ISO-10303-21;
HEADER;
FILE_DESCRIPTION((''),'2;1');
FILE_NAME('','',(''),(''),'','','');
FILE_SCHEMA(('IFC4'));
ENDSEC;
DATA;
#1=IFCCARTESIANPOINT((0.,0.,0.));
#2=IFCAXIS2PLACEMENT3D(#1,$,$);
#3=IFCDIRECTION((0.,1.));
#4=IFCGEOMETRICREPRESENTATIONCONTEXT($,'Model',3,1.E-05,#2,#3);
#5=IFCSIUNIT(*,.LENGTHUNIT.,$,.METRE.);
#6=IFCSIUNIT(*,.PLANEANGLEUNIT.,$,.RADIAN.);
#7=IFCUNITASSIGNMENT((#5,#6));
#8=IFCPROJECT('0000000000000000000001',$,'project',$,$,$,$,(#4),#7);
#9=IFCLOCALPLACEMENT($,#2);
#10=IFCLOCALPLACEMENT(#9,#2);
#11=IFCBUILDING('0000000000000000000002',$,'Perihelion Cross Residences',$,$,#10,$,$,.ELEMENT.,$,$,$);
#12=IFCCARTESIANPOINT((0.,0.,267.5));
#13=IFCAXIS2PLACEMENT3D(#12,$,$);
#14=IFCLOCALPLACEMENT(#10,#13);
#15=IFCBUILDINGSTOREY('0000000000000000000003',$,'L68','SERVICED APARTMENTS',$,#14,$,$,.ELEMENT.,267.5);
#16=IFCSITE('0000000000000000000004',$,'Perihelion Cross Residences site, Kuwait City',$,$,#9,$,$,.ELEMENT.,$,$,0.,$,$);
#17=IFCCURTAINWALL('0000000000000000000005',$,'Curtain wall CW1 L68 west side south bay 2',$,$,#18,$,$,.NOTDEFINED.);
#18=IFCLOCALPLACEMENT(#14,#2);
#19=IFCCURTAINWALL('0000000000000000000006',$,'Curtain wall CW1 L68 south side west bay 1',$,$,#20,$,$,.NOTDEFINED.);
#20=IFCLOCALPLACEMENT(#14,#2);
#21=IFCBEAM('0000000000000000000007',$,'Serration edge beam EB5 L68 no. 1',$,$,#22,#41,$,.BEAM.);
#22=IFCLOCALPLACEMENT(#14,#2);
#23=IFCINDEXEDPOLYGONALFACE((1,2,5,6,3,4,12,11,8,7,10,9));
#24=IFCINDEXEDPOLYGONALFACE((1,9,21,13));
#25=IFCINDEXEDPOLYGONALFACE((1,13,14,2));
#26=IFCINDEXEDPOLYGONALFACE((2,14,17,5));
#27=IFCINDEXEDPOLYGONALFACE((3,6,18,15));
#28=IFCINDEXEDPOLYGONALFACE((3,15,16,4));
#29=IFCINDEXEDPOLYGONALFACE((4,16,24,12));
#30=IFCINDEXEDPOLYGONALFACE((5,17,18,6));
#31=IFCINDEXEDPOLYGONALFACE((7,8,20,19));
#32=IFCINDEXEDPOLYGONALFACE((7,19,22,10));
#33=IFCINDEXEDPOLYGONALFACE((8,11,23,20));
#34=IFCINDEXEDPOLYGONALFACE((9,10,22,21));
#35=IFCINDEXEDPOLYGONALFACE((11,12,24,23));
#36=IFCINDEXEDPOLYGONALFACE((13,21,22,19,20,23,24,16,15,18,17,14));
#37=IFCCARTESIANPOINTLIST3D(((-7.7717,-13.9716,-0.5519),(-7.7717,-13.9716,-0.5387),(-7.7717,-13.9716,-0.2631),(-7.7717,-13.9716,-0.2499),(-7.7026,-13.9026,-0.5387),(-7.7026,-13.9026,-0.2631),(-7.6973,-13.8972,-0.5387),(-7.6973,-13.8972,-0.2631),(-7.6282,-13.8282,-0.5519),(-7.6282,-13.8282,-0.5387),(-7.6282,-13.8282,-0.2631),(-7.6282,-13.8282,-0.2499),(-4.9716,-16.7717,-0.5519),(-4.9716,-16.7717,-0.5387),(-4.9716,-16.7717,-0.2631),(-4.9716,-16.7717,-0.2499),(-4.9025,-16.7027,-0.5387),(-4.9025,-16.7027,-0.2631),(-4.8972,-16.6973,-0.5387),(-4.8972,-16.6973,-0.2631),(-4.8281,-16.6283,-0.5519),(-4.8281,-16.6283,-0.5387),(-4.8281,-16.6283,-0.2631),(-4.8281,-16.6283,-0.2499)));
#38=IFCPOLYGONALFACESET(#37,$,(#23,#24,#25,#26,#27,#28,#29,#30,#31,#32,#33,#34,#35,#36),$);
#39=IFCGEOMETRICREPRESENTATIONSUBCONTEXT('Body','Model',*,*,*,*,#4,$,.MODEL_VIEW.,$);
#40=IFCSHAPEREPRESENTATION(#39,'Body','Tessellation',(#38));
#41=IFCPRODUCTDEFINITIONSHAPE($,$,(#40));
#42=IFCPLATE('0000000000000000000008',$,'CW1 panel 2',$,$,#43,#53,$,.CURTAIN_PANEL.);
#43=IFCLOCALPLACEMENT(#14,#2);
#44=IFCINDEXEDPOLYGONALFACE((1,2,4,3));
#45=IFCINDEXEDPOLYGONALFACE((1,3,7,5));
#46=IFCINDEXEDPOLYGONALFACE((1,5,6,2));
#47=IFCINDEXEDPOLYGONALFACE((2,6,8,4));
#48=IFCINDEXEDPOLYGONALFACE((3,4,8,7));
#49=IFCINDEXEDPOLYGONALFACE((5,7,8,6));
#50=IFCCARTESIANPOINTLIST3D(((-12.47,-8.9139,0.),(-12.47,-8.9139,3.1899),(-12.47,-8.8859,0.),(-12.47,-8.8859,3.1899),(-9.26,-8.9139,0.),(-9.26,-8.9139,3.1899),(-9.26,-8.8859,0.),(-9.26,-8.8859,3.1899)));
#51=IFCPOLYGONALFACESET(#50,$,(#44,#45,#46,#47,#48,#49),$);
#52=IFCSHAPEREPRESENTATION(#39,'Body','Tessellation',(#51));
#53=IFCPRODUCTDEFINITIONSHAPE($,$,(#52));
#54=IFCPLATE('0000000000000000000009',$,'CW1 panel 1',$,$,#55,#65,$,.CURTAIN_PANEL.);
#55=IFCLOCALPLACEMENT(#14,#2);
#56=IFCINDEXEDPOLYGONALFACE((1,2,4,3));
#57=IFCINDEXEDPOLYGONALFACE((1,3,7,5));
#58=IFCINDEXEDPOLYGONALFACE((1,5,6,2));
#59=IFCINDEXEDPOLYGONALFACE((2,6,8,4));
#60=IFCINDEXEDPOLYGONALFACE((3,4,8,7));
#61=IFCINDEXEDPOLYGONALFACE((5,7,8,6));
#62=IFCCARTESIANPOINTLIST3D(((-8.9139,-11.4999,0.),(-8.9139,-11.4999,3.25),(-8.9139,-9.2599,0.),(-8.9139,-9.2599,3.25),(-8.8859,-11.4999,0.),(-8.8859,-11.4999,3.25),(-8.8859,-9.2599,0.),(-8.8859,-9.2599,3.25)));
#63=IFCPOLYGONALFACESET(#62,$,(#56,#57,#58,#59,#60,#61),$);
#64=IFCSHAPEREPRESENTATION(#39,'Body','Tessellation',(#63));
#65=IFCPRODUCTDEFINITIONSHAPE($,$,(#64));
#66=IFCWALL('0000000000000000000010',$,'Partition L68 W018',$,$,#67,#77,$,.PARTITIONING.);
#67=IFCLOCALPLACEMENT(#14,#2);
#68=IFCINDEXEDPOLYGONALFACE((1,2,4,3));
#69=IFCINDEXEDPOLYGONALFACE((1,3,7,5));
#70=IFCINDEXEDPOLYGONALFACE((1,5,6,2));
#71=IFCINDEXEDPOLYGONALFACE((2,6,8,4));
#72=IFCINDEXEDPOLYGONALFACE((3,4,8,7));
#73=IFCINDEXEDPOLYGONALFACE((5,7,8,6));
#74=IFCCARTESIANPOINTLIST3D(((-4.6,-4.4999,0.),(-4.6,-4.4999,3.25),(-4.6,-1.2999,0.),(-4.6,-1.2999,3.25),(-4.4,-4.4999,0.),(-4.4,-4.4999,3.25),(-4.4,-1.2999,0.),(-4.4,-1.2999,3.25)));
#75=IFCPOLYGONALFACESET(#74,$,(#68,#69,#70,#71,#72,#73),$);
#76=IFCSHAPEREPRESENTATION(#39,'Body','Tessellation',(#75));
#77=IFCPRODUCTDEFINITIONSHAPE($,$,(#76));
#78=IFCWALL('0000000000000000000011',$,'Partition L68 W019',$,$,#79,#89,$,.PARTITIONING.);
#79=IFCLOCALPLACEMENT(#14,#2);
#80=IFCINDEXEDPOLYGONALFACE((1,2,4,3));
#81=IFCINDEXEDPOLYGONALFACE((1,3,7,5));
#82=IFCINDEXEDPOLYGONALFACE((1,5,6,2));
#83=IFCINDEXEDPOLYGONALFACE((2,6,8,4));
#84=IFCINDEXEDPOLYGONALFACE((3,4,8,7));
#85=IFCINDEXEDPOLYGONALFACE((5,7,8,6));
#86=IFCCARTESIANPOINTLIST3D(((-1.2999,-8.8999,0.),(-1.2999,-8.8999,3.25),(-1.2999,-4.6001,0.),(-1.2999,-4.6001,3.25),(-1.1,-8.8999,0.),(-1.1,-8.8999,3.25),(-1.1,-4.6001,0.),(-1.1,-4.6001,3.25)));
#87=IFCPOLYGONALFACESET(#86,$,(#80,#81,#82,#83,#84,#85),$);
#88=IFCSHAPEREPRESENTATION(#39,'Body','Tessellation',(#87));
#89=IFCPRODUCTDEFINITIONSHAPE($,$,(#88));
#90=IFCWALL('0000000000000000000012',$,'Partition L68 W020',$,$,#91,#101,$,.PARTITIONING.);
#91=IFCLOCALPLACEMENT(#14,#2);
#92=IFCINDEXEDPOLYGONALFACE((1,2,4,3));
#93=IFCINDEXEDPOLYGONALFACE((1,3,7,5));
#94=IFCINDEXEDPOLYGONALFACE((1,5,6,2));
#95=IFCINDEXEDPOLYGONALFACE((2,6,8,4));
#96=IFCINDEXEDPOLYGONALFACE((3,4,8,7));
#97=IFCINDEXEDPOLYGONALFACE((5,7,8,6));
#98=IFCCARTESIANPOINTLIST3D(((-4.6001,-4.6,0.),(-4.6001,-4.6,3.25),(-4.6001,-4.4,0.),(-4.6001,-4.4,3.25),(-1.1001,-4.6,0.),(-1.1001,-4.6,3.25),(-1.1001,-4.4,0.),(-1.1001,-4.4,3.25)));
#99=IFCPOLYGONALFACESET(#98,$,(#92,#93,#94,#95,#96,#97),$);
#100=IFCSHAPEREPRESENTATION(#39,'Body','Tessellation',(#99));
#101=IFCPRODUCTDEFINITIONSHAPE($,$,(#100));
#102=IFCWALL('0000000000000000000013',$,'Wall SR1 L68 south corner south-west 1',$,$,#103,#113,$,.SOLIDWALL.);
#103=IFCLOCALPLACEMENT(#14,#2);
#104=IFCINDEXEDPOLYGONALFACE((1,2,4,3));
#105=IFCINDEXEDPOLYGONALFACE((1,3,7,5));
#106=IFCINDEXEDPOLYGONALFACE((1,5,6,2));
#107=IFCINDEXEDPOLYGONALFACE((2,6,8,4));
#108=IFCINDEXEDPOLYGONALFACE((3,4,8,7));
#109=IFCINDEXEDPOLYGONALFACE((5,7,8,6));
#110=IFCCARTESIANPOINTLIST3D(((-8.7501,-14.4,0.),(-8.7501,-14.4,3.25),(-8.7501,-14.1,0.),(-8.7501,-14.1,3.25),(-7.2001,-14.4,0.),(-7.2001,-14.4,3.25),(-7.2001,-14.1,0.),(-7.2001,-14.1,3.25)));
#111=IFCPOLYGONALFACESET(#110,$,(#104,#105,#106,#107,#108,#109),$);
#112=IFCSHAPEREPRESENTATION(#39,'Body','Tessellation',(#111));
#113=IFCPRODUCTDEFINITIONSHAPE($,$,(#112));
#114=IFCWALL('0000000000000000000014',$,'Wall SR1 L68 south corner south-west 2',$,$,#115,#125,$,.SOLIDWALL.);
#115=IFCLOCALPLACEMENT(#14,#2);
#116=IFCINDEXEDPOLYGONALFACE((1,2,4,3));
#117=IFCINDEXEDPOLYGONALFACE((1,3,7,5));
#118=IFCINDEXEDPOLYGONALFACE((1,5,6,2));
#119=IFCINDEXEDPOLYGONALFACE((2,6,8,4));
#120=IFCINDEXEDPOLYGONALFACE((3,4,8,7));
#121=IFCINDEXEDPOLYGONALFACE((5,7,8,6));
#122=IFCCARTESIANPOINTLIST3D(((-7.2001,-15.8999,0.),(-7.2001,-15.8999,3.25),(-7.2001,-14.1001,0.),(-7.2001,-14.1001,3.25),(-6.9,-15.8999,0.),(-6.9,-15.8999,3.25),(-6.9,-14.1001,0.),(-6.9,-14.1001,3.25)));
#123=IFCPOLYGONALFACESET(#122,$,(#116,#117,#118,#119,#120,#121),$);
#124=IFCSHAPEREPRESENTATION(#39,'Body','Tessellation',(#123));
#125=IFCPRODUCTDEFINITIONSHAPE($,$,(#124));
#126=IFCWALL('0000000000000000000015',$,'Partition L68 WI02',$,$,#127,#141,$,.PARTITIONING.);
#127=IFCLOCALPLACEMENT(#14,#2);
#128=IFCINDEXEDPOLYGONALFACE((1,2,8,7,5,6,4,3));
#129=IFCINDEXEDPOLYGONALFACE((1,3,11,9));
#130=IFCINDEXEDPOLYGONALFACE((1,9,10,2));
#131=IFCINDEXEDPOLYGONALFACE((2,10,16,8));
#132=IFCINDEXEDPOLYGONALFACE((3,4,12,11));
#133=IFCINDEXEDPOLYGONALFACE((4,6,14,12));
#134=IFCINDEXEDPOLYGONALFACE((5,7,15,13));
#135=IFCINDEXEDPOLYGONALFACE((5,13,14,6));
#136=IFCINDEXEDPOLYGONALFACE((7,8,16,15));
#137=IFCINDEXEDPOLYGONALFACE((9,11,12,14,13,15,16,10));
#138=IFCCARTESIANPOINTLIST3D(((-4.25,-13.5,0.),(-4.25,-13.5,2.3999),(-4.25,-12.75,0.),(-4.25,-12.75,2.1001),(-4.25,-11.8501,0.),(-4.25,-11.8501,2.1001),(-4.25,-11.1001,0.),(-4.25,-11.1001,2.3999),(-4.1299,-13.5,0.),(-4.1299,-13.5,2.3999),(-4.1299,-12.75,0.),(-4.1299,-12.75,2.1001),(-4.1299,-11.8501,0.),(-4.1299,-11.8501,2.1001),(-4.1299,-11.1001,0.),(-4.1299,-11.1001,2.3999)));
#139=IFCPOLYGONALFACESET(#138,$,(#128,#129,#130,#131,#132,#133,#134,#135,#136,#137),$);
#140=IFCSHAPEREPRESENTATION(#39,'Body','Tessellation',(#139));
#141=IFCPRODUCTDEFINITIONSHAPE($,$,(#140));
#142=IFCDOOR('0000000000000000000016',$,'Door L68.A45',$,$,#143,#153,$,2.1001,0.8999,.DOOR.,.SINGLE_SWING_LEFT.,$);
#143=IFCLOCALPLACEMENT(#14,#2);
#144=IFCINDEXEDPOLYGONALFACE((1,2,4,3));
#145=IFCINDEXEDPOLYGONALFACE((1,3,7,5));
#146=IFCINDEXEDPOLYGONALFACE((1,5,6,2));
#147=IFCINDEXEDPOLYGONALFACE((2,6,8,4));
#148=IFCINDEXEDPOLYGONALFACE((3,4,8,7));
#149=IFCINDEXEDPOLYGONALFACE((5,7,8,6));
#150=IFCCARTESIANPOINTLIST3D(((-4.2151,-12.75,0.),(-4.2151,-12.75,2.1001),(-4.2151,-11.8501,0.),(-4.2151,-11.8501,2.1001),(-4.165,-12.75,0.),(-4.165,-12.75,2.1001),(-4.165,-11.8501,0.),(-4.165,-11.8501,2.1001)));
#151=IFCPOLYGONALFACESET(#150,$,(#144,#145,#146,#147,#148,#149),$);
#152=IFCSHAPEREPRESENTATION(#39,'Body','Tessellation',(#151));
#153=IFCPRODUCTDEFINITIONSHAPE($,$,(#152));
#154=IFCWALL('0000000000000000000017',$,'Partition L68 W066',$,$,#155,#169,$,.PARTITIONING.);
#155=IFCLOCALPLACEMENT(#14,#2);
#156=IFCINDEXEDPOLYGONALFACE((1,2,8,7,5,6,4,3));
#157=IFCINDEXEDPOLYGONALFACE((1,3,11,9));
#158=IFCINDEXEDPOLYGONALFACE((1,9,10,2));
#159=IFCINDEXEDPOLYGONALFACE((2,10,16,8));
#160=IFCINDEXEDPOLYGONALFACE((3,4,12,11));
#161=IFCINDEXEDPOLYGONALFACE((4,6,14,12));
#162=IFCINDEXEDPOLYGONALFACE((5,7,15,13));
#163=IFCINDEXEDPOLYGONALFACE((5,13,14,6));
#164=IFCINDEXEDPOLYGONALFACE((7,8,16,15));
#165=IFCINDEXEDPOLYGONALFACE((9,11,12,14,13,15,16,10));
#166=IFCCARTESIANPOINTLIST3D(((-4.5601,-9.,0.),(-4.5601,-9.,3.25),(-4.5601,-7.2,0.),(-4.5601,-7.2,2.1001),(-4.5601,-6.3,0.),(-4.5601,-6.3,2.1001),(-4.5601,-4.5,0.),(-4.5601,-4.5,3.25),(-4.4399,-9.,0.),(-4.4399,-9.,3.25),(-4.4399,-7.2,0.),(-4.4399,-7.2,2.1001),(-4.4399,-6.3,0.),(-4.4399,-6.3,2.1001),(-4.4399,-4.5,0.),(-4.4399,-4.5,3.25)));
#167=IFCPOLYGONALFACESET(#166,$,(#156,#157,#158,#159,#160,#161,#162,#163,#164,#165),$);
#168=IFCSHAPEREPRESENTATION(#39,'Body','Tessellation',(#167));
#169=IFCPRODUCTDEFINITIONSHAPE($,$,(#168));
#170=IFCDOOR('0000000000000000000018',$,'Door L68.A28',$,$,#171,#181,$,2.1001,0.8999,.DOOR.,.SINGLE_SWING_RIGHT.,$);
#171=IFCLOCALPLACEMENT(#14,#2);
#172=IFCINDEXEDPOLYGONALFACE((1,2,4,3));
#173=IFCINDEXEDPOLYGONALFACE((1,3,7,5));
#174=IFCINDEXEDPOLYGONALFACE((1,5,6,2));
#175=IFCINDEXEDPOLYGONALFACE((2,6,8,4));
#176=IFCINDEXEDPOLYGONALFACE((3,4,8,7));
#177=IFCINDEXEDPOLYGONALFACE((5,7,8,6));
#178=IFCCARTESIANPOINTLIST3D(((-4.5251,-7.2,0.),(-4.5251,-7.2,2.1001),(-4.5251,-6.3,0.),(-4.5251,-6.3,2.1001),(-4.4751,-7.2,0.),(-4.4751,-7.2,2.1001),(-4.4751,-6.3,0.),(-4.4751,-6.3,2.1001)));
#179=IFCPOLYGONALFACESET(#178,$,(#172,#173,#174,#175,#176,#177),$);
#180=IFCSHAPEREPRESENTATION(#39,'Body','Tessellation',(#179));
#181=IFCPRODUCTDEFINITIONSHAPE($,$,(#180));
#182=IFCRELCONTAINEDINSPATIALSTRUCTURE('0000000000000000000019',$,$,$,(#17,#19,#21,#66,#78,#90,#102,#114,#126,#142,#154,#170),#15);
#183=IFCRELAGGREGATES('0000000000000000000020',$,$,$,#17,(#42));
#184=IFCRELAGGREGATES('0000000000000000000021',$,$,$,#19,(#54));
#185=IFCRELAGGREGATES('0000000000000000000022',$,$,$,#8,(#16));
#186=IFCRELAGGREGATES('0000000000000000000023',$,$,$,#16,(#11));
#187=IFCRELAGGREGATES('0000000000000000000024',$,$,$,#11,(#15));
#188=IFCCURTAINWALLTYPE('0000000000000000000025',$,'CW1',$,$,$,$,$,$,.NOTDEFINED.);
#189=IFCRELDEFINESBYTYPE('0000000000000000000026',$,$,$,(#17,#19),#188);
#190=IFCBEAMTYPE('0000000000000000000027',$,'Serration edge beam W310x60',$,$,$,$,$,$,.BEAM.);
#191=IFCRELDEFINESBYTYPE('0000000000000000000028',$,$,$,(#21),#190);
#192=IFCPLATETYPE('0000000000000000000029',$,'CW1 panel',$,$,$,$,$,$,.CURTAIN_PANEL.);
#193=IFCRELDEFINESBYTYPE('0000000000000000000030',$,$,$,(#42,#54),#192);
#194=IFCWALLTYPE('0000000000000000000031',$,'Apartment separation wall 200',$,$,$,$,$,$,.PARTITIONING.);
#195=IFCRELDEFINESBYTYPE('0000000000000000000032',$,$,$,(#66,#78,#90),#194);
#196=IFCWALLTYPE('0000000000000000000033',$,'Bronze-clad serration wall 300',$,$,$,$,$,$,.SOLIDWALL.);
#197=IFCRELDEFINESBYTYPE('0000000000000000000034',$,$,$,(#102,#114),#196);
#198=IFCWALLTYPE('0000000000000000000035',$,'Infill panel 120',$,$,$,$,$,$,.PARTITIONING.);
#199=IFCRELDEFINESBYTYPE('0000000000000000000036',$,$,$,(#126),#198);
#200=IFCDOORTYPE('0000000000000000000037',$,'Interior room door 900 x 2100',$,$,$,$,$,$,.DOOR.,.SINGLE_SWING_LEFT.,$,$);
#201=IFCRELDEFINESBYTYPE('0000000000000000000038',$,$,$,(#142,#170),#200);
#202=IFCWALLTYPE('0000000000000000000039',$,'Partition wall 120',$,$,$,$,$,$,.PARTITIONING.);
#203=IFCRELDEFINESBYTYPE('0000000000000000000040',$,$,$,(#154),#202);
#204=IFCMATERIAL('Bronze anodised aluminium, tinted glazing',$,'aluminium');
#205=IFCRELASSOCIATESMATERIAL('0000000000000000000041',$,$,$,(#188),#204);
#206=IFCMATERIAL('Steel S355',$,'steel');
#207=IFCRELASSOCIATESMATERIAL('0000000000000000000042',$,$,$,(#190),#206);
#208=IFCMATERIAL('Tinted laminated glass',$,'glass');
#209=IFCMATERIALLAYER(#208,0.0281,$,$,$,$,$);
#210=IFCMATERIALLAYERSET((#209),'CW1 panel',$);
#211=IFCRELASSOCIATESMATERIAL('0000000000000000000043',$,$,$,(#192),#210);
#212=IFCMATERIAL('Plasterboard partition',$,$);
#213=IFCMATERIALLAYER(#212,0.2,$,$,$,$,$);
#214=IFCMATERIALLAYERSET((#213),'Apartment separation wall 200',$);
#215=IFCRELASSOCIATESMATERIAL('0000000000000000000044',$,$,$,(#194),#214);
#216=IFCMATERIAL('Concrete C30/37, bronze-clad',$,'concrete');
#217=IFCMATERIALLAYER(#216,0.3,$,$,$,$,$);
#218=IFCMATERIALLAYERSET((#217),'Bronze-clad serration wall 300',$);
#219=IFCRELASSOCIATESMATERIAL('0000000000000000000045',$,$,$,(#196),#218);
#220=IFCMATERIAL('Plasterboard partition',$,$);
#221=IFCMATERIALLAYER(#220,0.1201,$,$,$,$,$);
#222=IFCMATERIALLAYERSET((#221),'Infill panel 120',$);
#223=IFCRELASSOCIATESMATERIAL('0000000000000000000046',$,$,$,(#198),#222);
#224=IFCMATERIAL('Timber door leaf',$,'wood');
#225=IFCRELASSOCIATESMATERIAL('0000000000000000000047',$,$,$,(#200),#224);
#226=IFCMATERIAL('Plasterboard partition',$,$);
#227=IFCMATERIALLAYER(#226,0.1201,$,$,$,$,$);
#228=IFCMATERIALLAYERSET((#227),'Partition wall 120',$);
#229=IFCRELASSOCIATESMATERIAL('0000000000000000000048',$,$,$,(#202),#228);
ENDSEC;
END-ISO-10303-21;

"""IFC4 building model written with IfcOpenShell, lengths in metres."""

from ifc_helpers import new_model, si_unit, direction, frame, frame_2d, origin, origin_2d, place, context, subcontext, project, spatial, rectangle, i_section, extrude, material, layer, layer_set, material_profile, profile_set, type_object, element, fill, aggregate, save


model = new_model("IFC4")

# Units and contexts
model_context = context("Model", 3, precision=1e-05, world=origin(), true_north=direction((0.0, 1.0)))
body_context = subcontext(model_context, "Body", "Model", "MODEL_VIEW")
ifc_project = project(units=[si_unit("LENGTHUNIT", "METRE"), si_unit("PLANEANGLEUNIT", "RADIAN")], contexts=[model_context])

# Site, building, storey
site_placement = place(None, origin())
site = spatial("IfcSite", under=ifc_project, at=site_placement, Name="Perihelion Cross Residences site, Kuwait City", CompositionType="ELEMENT", RefElevation=0.0)
building_placement = place(site_placement, origin())
building = spatial("IfcBuilding", under=site, at=building_placement, Name="Perihelion Cross Residences", CompositionType="ELEMENT")
storey_placement = place(building_placement, frame((0.0, 0.0, 267.5)))
storey = spatial("IfcBuildingStorey", under=building, at=storey_placement, Name="L68", Description="SERVICED APARTMENTS", CompositionType="ELEMENT", Elevation=267.5)

# Curtain walls
ifc_material_1 = material(Name="Bronze anodised aluminium, tinted glazing", Category="aluminium")
curtain_wall_type = type_object("IfcCurtainWallType", Name="CW1", PredefinedType="NOTDEFINED", material=ifc_material_1)
curtain_wall_1_placement = place(storey_placement, origin())
curtain_wall_1 = element("IfcCurtainWall", 1, at=curtain_wall_1_placement, inside=storey, type_object=curtain_wall_type, Name="Curtain wall CW1 L68 west side south bay 2", PredefinedType="NOTDEFINED")
curtain_wall_2_placement = place(storey_placement, origin())
curtain_wall_2 = element("IfcCurtainWall", 2, at=curtain_wall_2_placement, inside=storey, type_object=curtain_wall_type, Name="Curtain wall CW1 L68 south side west bay 1", PredefinedType="NOTDEFINED")

# Beam
ifc_material_2 = material(Name="Steel S355", Category="steel")
ifc_material_profile_1 = material_profile(ifc_material_2, i_section(OverallWidth=0.2029, OverallDepth=0.302, WebThickness=0.0076, FlangeThickness=0.0132, at=origin_2d()), Name="W310x60")
ifc_profile_set_1 = profile_set([ifc_material_profile_1], Name="Steel S355")
beam_type_1 = type_object("IfcBeamType", Name="Serration edge beam W310x60", PredefinedType="BEAM", material=ifc_profile_set_1)
beam_1_placement = place(storey_placement, frame((-7.7, -13.8999, -0.4009), z_axis=(0.707107, -0.707107, 0.0), x_axis=(0.707107, 0.707107, 0.0)))
element("IfcBeam", 3, at=beam_1_placement, inside=storey, type_object=beam_type_1, Name="Serration edge beam EB5 L68 no. 1", PredefinedType="BEAM", context=body_context, shape_type="SweptSolid", body=[
    extrude(i_section(OverallWidth=0.2029, OverallDepth=0.302, WebThickness=0.0076, FlangeThickness=0.0132, at=origin_2d()), origin(), (0.0, 0.0, 1.0), 3.96),
])

# Plates
ifc_material_3 = material(Name="Tinted laminated glass", Category="glass")
ifc_layer_1 = layer(ifc_material_3, 0.0281)
ifc_layer_set_1 = layer_set([ifc_layer_1], Name="CW1 panel")
plate_type = type_object("IfcPlateType", Name="CW1 panel", PredefinedType="CURTAIN_PANEL", material=ifc_layer_set_1)
plate_1_placement = place(storey_placement, frame((-10.865, -8.8999, 0.0), z_axis=(0.0, 0.0, 1.0), x_axis=(1.0, 0.0, 0.0)))
plate_1 = element("IfcPlate", 4, at=plate_1_placement, type_object=plate_type, Name="CW1 panel 2", PredefinedType="CURTAIN_PANEL", context=body_context, shape_type="SweptSolid", body=[
    extrude(rectangle(XDim=3.21, YDim=0.0281, at=origin_2d()), origin(), (0.0, 0.0, 1.0), 3.1899),
])
aggregate(curtain_wall_1, [plate_1])
plate_2_placement = place(storey_placement, frame((-8.8999, -10.3799, 0.0), z_axis=(0.0, 0.0, 1.0), x_axis=(0.0, -1.0, 0.0)))
plate_2 = element("IfcPlate", 5, at=plate_2_placement, type_object=plate_type, Name="CW1 panel 1", PredefinedType="CURTAIN_PANEL", context=body_context, shape_type="SweptSolid", body=[
    extrude(rectangle(XDim=2.24, YDim=0.0281, at=origin_2d()), origin(), (0.0, 0.0, 1.0), 3.25),
])
aggregate(curtain_wall_2, [plate_2])

# Walls
ifc_material_4 = material(Name="Plasterboard partition")
ifc_layer_2 = layer(ifc_material_4, 0.2)
ifc_layer_set_2 = layer_set([ifc_layer_2], Name="Apartment separation wall 200")
wall_type_1 = type_object("IfcWallType", Name="Apartment separation wall 200", PredefinedType="PARTITIONING", material=ifc_layer_set_2)
wall_1_placement = place(storey_placement, frame((-4.5, -4.5, 0.0), z_axis=(0.0, 0.0, 1.0), x_axis=(0.0, 1.0, 0.0)))
element("IfcWall", 6, at=wall_1_placement, inside=storey, type_object=wall_type_1, Name="Partition L68 W018", PredefinedType="PARTITIONING", context=body_context, shape_type="SweptSolid", body=[
    extrude(rectangle(XDim=3.2, YDim=0.2, at=frame_2d((1.6001, 0.0))), origin(), (0.0, 0.0, 1.0), 3.25),
])
wall_2_placement = place(storey_placement, frame((-1.2, -8.8999, 0.0), z_axis=(0.0, 0.0, 1.0), x_axis=(0.0, 1.0, 0.0)))
element("IfcWall", 7, at=wall_2_placement, inside=storey, type_object=wall_type_1, Name="Partition L68 W019", PredefinedType="PARTITIONING", context=body_context, shape_type="SweptSolid", body=[
    extrude(rectangle(XDim=4.2998, YDim=0.2, at=frame_2d((2.1499, 0.0))), origin(), (0.0, 0.0, 1.0), 3.25),
])
wall_3_placement = place(storey_placement, frame((-1.1001, -4.5, 0.0), z_axis=(0.0, 0.0, 1.0), x_axis=(-1.0, 0.0, 0.0)))
element("IfcWall", 8, at=wall_3_placement, inside=storey, type_object=wall_type_1, Name="Partition L68 W020", PredefinedType="PARTITIONING", context=body_context, shape_type="SweptSolid", body=[
    extrude(rectangle(XDim=3.5, YDim=0.2, at=frame_2d((1.75, 0.0))), origin(), (0.0, 0.0, 1.0), 3.25),
])

# Walls
ifc_material_5 = material(Name="Concrete C30/37, bronze-clad", Category="concrete")
ifc_layer_3 = layer(ifc_material_5, 0.3)
ifc_layer_set_3 = layer_set([ifc_layer_3], Name="Bronze-clad serration wall 300")
wall_type_2 = type_object("IfcWallType", Name="Bronze-clad serration wall 300", PredefinedType="SOLIDWALL", material=ifc_layer_set_3)
wall_4_placement = place(storey_placement, frame((-8.75, -14.25, 0.0), z_axis=(0.0, 0.0, 1.0), x_axis=(1.0, 0.0, 0.0)))
element("IfcWall", 9, at=wall_4_placement, inside=storey, type_object=wall_type_2, Name="Wall SR1 L68 south corner south-west 1", PredefinedType="SOLIDWALL", context=body_context, shape_type="SweptSolid", body=[
    extrude(rectangle(XDim=1.55, YDim=0.3, at=frame_2d((0.7749, 0.0))), origin(), (0.0, 0.0, 1.0), 3.25),
])
wall_5_placement = place(storey_placement, frame((-7.05, -14.1001, 0.0), z_axis=(0.0, 0.0, 1.0), x_axis=(0.0, -1.0, 0.0)))
element("IfcWall", 10, at=wall_5_placement, inside=storey, type_object=wall_type_2, Name="Wall SR1 L68 south corner south-west 2", PredefinedType="SOLIDWALL", context=body_context, shape_type="SweptSolid", body=[
    extrude(rectangle(XDim=1.7998, YDim=0.3, at=frame_2d((0.8999, 0.0))), origin(), (0.0, 0.0, 1.0), 3.25),
])

# Walls, openings, doors
ifc_material_6 = material(Name="Plasterboard partition")
ifc_layer_4 = layer(ifc_material_6, 0.1201)
ifc_layer_set_4 = layer_set([ifc_layer_4], Name="Infill panel 120")
wall_type_3 = type_object("IfcWallType", Name="Infill panel 120", PredefinedType="PARTITIONING", material=ifc_layer_set_4)
wall_6_placement = place(storey_placement, frame((-4.1899, -11.1001, 0.0), z_axis=(0.0, 0.0, 1.0), x_axis=(0.0, -1.0, 0.0)))
wall_6 = element("IfcWall", 11, at=wall_6_placement, inside=storey, type_object=wall_type_3, Name="Partition L68 WI02", PredefinedType="PARTITIONING", context=body_context, shape_type="SweptSolid", body=[
    extrude(rectangle(XDim=2.3999, YDim=0.1201, at=frame_2d((1.2, 0.0))), origin(), (0.0, 0.0, 1.0), 2.3999),
])
opening_1_placement = place(wall_6_placement, frame((0.75, 0.0, 0.0)))
opening_1 = element("IfcOpeningElement", 12, at=opening_1_placement, cuts=wall_6, PredefinedType="OPENING", context=body_context, shape_type="SweptSolid", body=[
    extrude(rectangle(XDim=0.8999, YDim=2.1001, at=frame_2d((0.45, 1.05))), frame((0.0, 0.0701, 0.0), z_axis=(0.0, -1.0, 0.0), x_axis=(1.0, 0.0, 0.0)), (0.0, 0.0, 1.0), 0.1401),
])
ifc_material_7 = material(Name="Timber door leaf", Category="wood")
door_type_1 = type_object("IfcDoorType", Name="Interior room door 900 x 2100", OperationType="SINGLE_SWING_LEFT", PredefinedType="DOOR", material=ifc_material_7)
door_1_placement = place(opening_1_placement, origin())
door_1 = element("IfcDoor", 13, at=door_1_placement, inside=storey, type_object=door_type_1, Name="Door L68.A45", OperationType="SINGLE_SWING_LEFT", OverallHeight=2.1001, OverallWidth=0.8999, PredefinedType="DOOR", context=body_context, shape_type="SweptSolid", body=[
    extrude(rectangle(XDim=0.8999, YDim=2.1001, at=frame_2d((0.45, 1.05))), frame((0.0, 0.0249, 0.0), z_axis=(0.0, -1.0, 0.0), x_axis=(1.0, 0.0, 0.0)), (0.0, 0.0, 1.0), 0.05),
])
fill(opening_1, door_1)
ifc_material_8 = material(Name="Plasterboard partition")
ifc_layer_5 = layer(ifc_material_8, 0.1201)
ifc_layer_set_5 = layer_set([ifc_layer_5], Name="Partition wall 120")
wall_type_4 = type_object("IfcWallType", Name="Partition wall 120", PredefinedType="PARTITIONING", material=ifc_layer_set_5)
wall_7_placement = place(storey_placement, frame((-4.5, -4.5, 0.0), z_axis=(0.0, 0.0, 1.0), x_axis=(0.0, -1.0, 0.0)))
wall_7 = element("IfcWall", 14, at=wall_7_placement, inside=storey, type_object=wall_type_4, Name="Partition L68 W066", PredefinedType="PARTITIONING", context=body_context, shape_type="SweptSolid", body=[
    extrude(rectangle(XDim=4.5, YDim=0.1201, at=frame_2d((2.25, 0.0))), origin(), (0.0, 0.0, 1.0), 3.25),
])
opening_2_placement = place(wall_7_placement, frame((1.8, 0.0, 0.0)))
opening_2 = element("IfcOpeningElement", 15, at=opening_2_placement, cuts=wall_7, PredefinedType="OPENING", context=body_context, shape_type="SweptSolid", body=[
    extrude(rectangle(XDim=0.8999, YDim=2.1001, at=frame_2d((0.45, 1.05))), frame((0.0, 0.0701, 0.0), z_axis=(0.0, -1.0, 0.0), x_axis=(1.0, 0.0, 0.0)), (0.0, 0.0, 1.0), 0.1401),
])
door_2_placement = place(opening_2_placement, origin())
door_2 = element("IfcDoor", 16, at=door_2_placement, inside=storey, type_object=door_type_1, Name="Door L68.A28", OperationType="SINGLE_SWING_RIGHT", OverallHeight=2.1001, OverallWidth=0.8999, PredefinedType="DOOR", context=body_context, shape_type="SweptSolid", body=[
    extrude(rectangle(XDim=0.8999, YDim=2.1001, at=frame_2d((0.45, 1.05))), frame((0.0, 0.0249, 0.0), z_axis=(0.0, -1.0, 0.0), x_axis=(1.0, 0.0, 0.0)), (0.0, 0.0, 1.0), 0.05),
])
fill(opening_2, door_2)

save(model, "model.ifc")
